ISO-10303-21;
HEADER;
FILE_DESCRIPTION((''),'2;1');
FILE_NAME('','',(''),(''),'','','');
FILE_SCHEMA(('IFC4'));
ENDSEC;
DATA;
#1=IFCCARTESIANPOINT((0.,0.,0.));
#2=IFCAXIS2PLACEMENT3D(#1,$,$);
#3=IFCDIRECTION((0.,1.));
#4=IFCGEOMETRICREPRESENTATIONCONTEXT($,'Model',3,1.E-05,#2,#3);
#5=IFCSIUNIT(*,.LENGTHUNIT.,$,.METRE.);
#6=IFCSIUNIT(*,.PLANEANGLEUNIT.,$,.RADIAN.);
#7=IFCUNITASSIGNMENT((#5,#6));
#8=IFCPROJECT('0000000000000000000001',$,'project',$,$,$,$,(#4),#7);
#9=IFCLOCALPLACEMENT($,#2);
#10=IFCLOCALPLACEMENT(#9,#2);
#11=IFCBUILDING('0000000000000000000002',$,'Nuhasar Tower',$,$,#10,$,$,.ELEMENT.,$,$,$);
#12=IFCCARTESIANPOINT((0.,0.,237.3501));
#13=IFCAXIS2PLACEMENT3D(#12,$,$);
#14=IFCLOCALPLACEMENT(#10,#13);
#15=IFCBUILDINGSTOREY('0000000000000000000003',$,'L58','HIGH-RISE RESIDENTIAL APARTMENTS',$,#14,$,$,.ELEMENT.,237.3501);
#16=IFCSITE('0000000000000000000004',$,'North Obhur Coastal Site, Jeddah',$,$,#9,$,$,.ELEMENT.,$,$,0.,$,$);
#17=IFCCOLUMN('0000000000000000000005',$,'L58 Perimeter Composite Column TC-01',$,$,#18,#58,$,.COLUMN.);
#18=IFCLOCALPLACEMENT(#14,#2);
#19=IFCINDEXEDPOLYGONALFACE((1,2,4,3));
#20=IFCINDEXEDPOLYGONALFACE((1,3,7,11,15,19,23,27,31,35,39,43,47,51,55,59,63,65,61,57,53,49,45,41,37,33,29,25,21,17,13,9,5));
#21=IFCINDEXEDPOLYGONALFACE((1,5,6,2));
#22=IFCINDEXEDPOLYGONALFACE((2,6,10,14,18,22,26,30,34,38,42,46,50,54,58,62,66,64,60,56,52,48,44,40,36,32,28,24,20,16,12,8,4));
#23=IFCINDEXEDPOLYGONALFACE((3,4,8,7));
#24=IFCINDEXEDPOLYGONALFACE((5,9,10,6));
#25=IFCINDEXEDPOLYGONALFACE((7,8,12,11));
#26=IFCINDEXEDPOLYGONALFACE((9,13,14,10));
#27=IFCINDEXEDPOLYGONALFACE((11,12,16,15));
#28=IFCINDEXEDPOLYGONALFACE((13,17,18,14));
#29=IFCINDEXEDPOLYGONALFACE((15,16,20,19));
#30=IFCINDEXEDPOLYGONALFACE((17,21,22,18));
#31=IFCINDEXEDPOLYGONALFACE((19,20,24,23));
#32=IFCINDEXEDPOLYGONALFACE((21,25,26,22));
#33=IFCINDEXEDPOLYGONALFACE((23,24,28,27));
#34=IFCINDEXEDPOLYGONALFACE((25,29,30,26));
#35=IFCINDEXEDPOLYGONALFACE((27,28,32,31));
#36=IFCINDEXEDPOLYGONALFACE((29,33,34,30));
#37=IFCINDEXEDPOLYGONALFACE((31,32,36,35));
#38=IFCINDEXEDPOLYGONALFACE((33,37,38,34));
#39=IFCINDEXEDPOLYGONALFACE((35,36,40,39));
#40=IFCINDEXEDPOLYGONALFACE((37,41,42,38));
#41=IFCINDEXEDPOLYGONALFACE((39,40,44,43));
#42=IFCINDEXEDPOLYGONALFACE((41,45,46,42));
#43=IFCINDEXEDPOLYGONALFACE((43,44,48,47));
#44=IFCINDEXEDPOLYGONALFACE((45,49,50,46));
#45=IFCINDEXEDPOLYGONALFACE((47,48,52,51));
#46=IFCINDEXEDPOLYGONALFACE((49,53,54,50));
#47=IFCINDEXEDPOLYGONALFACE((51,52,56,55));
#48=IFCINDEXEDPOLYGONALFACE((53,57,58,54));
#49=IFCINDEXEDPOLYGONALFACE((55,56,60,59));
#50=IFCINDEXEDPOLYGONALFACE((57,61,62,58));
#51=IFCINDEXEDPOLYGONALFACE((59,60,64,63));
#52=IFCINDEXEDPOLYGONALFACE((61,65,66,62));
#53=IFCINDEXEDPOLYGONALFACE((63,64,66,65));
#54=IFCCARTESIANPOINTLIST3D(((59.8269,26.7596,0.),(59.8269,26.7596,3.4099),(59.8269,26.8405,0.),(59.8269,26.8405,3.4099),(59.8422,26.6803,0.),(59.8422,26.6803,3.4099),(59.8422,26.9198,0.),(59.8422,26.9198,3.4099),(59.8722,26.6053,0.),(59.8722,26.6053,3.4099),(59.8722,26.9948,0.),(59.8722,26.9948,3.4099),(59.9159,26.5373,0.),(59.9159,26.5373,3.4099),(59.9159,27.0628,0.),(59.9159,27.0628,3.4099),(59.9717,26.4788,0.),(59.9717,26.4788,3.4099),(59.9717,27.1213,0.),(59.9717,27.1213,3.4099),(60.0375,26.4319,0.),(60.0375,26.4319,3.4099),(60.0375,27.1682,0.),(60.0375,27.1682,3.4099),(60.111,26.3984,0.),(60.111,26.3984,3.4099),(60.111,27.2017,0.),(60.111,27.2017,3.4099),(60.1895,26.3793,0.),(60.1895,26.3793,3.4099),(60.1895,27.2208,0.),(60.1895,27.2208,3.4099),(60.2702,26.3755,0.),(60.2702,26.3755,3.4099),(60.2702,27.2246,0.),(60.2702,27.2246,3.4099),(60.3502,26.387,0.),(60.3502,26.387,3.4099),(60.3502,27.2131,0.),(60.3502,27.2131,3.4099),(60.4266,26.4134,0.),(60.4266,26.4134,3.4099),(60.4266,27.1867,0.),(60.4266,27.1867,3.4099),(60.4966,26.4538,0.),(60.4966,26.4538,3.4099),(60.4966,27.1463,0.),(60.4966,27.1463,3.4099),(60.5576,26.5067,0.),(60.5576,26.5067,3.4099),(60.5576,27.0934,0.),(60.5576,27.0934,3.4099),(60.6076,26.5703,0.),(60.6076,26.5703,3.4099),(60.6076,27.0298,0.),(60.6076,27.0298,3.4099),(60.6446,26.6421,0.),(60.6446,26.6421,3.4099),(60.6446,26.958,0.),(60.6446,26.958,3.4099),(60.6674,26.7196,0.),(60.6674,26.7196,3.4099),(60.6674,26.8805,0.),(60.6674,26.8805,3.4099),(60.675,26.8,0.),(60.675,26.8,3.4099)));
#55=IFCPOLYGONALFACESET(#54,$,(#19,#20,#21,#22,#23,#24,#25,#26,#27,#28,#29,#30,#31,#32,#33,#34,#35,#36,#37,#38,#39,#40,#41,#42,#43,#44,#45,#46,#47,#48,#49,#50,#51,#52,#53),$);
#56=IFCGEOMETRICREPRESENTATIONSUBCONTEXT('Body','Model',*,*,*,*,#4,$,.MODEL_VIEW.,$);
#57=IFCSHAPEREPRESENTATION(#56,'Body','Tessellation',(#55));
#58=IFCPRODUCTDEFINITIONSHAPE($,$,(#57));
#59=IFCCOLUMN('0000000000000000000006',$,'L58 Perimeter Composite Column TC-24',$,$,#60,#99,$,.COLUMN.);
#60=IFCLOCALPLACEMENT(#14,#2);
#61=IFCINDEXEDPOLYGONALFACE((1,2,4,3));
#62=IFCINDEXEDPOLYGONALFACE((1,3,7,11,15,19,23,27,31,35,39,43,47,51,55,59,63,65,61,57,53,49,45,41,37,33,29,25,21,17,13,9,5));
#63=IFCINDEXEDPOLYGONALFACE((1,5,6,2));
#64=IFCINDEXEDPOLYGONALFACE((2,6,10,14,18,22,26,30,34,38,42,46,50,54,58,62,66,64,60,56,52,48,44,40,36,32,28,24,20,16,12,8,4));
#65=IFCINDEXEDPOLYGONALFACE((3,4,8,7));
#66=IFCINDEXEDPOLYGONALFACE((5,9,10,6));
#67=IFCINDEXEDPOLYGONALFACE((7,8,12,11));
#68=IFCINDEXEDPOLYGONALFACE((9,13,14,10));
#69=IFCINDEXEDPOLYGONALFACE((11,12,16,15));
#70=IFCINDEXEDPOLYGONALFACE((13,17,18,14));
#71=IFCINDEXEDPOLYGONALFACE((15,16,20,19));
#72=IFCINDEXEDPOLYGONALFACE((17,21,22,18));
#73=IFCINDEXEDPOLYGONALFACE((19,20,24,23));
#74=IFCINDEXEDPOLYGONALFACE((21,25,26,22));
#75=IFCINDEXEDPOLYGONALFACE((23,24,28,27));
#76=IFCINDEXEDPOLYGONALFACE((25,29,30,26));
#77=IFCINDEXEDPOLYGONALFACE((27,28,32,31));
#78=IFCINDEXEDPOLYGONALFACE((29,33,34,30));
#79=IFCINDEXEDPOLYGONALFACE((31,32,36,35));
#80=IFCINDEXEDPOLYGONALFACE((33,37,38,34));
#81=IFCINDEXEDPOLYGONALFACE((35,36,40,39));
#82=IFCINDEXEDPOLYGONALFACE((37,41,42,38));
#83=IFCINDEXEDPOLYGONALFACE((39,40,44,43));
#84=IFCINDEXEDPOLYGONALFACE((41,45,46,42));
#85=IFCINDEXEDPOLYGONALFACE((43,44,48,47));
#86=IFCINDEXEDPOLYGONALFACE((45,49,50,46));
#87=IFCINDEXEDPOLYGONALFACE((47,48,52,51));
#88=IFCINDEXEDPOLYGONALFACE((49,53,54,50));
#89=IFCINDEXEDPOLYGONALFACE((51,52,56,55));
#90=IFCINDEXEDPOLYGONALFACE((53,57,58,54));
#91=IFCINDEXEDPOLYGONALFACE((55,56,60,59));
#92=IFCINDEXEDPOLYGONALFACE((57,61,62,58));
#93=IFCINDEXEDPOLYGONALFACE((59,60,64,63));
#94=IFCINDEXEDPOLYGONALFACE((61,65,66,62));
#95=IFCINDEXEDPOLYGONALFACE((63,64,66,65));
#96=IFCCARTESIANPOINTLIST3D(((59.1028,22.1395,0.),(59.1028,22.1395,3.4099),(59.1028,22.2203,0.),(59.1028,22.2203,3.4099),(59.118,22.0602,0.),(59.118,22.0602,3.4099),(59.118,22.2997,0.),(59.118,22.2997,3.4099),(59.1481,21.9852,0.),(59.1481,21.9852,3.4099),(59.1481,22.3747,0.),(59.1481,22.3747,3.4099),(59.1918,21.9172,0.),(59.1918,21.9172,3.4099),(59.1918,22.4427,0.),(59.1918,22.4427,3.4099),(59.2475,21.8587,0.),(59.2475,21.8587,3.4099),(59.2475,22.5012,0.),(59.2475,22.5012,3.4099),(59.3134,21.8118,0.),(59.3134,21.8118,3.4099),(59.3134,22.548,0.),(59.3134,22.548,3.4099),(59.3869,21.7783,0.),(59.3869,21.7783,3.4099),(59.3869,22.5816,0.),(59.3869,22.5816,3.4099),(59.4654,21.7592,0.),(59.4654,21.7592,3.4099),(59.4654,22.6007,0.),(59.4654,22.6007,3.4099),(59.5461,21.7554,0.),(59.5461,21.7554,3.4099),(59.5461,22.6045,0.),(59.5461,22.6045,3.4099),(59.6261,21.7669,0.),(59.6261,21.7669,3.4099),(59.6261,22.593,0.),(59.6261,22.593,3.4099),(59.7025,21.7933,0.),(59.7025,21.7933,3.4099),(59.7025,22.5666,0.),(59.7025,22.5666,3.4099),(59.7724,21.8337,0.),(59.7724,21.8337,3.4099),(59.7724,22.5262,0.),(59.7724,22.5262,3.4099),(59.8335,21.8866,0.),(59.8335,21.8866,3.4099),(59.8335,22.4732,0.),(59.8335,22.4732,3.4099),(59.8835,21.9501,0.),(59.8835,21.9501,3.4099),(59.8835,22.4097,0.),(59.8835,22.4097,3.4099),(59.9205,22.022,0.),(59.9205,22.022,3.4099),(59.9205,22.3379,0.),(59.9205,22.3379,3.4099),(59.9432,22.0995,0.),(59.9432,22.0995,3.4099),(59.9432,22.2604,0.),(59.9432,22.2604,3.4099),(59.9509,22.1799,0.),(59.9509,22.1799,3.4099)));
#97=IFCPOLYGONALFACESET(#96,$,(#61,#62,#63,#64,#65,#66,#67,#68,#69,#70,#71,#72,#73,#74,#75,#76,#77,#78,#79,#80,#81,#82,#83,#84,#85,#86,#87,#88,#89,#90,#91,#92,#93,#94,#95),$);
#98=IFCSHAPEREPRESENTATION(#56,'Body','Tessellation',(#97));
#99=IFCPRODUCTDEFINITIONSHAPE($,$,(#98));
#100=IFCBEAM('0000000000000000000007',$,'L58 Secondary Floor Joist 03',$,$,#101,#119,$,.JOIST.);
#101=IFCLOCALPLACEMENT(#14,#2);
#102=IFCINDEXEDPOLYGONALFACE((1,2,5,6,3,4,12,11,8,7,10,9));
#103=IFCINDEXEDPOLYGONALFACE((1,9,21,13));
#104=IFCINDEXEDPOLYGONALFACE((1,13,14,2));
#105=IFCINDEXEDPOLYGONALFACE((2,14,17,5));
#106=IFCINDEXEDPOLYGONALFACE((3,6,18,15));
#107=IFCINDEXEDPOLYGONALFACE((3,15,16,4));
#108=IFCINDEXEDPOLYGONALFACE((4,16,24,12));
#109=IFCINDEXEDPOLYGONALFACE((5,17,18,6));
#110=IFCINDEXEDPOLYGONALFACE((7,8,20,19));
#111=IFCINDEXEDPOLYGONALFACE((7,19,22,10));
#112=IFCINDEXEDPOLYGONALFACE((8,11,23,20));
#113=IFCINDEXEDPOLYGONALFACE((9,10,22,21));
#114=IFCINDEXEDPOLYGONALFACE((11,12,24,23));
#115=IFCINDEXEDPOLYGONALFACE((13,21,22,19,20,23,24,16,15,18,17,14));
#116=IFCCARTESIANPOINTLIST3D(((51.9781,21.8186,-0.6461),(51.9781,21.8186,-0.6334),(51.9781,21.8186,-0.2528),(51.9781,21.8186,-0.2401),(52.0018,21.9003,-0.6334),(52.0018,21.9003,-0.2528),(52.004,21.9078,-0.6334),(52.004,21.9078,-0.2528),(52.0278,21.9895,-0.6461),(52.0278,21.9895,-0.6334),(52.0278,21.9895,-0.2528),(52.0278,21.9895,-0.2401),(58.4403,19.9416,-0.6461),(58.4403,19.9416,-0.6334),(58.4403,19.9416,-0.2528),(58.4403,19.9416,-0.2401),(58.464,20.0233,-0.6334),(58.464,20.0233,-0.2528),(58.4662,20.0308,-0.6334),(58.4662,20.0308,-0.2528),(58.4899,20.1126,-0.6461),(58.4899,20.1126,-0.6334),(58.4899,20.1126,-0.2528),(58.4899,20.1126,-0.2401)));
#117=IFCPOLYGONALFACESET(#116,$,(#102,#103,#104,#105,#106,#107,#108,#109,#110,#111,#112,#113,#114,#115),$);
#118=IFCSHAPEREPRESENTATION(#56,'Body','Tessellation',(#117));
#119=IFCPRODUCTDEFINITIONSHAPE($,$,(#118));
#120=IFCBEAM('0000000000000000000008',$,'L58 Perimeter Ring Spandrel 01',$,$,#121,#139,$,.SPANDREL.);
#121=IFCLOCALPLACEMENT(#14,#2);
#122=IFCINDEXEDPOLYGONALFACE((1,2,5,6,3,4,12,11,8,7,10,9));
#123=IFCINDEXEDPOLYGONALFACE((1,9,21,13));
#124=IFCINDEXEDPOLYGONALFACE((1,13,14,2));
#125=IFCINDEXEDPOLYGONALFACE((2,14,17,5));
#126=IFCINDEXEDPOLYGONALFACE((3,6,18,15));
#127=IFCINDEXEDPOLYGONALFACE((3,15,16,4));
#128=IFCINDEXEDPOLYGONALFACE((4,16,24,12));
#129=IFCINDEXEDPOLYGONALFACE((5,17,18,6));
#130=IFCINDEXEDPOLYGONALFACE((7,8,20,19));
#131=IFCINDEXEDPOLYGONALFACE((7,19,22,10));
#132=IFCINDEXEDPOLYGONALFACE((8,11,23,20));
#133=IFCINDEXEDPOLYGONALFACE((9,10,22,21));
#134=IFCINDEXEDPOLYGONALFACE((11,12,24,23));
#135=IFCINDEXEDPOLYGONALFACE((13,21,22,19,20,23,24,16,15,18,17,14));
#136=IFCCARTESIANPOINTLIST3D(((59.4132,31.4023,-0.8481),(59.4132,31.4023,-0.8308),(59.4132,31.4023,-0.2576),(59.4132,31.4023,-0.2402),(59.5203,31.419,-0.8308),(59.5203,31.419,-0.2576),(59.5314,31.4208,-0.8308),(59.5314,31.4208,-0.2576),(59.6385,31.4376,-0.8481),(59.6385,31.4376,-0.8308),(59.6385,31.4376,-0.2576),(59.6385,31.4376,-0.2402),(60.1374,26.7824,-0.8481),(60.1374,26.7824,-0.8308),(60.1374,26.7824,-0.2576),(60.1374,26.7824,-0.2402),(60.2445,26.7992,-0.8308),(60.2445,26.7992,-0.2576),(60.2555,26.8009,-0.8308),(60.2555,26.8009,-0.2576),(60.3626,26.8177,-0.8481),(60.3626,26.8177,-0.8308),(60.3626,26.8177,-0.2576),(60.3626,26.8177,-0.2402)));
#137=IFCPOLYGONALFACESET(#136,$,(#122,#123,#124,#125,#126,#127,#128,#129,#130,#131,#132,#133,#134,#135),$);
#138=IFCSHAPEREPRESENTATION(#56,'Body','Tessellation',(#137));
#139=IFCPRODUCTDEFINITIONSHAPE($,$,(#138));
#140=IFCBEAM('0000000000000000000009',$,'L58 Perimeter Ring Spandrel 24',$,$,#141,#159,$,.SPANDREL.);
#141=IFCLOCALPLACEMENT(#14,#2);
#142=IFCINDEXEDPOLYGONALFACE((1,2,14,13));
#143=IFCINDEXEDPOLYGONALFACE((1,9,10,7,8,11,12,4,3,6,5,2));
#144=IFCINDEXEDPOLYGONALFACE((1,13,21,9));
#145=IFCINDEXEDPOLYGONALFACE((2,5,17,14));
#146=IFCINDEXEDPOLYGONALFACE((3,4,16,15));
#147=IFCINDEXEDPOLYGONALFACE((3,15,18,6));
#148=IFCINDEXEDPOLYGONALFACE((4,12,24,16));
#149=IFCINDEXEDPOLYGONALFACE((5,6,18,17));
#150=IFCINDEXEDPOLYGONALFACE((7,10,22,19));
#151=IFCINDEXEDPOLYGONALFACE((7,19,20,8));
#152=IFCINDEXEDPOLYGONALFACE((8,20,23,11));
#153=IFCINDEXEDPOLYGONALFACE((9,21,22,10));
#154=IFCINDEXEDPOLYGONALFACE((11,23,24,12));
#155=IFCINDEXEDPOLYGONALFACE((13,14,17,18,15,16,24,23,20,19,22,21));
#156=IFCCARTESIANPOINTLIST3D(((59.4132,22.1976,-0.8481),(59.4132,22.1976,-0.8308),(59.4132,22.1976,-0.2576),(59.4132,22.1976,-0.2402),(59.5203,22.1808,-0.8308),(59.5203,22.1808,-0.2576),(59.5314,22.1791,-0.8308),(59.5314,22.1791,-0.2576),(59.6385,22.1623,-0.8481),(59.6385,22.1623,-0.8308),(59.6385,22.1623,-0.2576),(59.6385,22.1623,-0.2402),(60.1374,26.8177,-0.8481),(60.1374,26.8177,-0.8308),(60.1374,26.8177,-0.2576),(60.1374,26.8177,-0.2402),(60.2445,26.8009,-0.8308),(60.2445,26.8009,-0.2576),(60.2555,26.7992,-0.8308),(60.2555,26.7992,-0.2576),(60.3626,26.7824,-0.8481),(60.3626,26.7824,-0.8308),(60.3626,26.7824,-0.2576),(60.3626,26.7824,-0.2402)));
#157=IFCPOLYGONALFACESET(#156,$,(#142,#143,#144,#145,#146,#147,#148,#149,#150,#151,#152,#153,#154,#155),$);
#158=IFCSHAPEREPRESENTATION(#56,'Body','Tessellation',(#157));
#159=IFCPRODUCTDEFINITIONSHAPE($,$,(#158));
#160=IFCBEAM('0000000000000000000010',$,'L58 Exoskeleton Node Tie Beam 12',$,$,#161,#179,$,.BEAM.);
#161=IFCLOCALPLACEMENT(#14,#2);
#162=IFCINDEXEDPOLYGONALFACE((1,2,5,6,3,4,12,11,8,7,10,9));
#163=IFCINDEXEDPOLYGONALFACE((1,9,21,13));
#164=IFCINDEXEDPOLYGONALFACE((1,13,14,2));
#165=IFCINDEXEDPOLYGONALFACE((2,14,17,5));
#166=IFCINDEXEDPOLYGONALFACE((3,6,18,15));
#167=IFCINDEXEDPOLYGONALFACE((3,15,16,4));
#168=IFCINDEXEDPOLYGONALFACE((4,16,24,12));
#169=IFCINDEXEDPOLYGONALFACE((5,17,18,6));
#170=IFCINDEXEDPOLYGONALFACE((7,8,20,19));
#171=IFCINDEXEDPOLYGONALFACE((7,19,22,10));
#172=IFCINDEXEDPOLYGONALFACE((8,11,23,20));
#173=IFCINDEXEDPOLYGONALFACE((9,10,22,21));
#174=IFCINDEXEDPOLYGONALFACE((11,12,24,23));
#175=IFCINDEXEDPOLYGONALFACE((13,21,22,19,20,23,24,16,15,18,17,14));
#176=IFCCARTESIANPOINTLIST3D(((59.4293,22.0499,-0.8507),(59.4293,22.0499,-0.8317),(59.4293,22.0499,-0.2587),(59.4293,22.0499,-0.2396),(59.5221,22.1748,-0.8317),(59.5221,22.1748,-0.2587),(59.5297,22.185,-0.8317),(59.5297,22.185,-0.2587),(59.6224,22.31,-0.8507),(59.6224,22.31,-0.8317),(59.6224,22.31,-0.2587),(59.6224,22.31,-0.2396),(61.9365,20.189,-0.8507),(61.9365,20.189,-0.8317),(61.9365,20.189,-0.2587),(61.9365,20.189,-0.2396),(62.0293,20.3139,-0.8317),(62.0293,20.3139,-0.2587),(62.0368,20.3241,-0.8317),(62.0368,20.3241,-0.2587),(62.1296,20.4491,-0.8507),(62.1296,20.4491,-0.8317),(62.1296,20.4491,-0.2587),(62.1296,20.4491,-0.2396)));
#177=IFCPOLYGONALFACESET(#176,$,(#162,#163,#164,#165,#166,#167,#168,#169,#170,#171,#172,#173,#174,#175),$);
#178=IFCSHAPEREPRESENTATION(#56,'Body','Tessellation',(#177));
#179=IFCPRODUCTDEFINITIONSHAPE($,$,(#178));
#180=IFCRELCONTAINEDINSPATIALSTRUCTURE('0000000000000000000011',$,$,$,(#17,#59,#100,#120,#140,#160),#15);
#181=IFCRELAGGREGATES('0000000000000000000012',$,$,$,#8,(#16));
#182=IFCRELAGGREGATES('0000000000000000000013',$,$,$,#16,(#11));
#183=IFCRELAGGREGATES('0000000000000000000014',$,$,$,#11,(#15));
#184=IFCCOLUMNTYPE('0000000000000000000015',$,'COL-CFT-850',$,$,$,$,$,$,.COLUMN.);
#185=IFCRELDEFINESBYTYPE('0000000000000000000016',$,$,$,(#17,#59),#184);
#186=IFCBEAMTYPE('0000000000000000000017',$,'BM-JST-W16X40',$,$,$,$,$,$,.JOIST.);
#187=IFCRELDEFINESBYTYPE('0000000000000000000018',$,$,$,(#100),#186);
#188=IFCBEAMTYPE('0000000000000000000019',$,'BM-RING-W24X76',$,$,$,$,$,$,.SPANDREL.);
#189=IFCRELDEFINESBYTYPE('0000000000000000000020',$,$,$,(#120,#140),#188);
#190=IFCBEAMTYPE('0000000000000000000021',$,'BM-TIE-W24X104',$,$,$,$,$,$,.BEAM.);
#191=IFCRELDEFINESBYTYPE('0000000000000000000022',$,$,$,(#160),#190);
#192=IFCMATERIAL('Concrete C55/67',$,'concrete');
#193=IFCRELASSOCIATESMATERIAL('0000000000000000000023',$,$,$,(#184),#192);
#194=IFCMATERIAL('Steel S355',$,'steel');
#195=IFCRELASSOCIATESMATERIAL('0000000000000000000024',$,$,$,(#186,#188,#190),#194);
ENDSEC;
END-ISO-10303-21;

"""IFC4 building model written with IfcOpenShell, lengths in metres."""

from ifc_helpers import new_model, si_unit, direction, frame, origin, origin_2d, place, context, subcontext, project, spatial, circle, i_section, extrude, material, material_profile, profile_set, type_object, element, save


model = new_model("IFC4")

# Units and contexts
model_context = context("Model", 3, precision=1e-05, world=origin(), true_north=direction((0.0, 1.0)))
body_context = subcontext(model_context, "Body", "Model", "MODEL_VIEW")
ifc_project = project(units=[si_unit("LENGTHUNIT", "METRE"), si_unit("PLANEANGLEUNIT", "RADIAN")], contexts=[model_context])

# Site, building, storey
site_placement = place(None, origin())
site = spatial("IfcSite", under=ifc_project, at=site_placement, Name="North Obhur Coastal Site, Jeddah", CompositionType="ELEMENT", RefElevation=0.0)
building_placement = place(site_placement, origin())
building = spatial("IfcBuilding", under=site, at=building_placement, Name="Nuhasar Tower", CompositionType="ELEMENT")
storey_placement = place(building_placement, frame((0.0, 0.0, 237.3501)))
storey = spatial("IfcBuildingStorey", under=building, at=storey_placement, Name="L58", Description="HIGH-RISE RESIDENTIAL APARTMENTS", CompositionType="ELEMENT", Elevation=237.3501)

# Columns
ifc_material_1 = material(Name="Concrete C55/67", Category="concrete")
ifc_material_profile_1 = material_profile(ifc_material_1, circle(Radius=0.425, at=origin_2d()), Name="CFT850")
ifc_profile_set_1 = profile_set([ifc_material_profile_1], Name="Concrete C55/67")
column_type = type_object("IfcColumnType", Name="COL-CFT-850", PredefinedType="COLUMN", material=ifc_profile_set_1)
for number, where, z_axis, x_axis, name in (
    (1, (60.25, 26.8, 0.0), (0.0, 0.0, 1.0), (1.0, 0.0, 0.0), "L58 Perimeter Composite Column TC-01"),
    (2, (59.5259, 22.1799, 0.0), (0.0, 0.0, 1.0), (1.0, 0.0, 0.0), "L58 Perimeter Composite Column TC-24"),
):
    element("IfcColumn", number, at=place(storey_placement, frame(where, z_axis=z_axis, x_axis=x_axis)), inside=storey, type_object=column_type, Name=name, PredefinedType="COLUMN", context=body_context, shape_type="SweptSolid", body=[
        extrude(circle(Radius=0.425, at=origin_2d()), origin(), (0.0, 0.0, 1.0), 3.4099),
    ])

# Beams
ifc_material_2 = material(Name="Steel S355", Category="steel")
ifc_material_profile_2 = material_profile(ifc_material_2, i_section(OverallWidth=0.178, OverallDepth=0.406, WebThickness=0.0078, FlangeThickness=0.0127, at=origin_2d()), Name="W16X40")
ifc_profile_set_2 = profile_set([ifc_material_profile_2], Name="Steel S355")
beam_type_1 = type_object("IfcBeamType", Name="BM-JST-W16X40", PredefinedType="JOIST", material=ifc_profile_set_2)
beam_1_placement = place(storey_placement, frame((52.0029, 21.9041, -0.4431), z_axis=(0.960313, -0.278926, 0.0), x_axis=(0.278926, 0.960313, 0.0)))
element("IfcBeam", 3, at=beam_1_placement, inside=storey, type_object=beam_type_1, Name="L58 Secondary Floor Joist 03", PredefinedType="JOIST", context=body_context, shape_type="SweptSolid", body=[
    extrude(i_section(OverallWidth=0.178, OverallDepth=0.406, WebThickness=0.0078, FlangeThickness=0.0127, at=origin_2d()), origin(), (0.0, 0.0, 1.0), 6.7292),
])
ifc_material_profile_3 = material_profile(ifc_material_2, i_section(OverallWidth=0.228, OverallDepth=0.6079, WebThickness=0.0112, FlangeThickness=0.0173, at=origin_2d()), Name="W24X76")
ifc_profile_set_3 = profile_set([ifc_material_profile_3], Name="Steel S355")
beam_type_2 = type_object("IfcBeamType", Name="BM-RING-W24X76", PredefinedType="SPANDREL", material=ifc_profile_set_3)
beam_2_placement = place(storey_placement, frame((60.25, 26.8, -0.5442), z_axis=(-0.15485, 0.987938, 0.0), x_axis=(-0.987938, -0.15485, 0.0)))
element("IfcBeam", 4, at=beam_2_placement, inside=storey, type_object=beam_type_2, Name="L58 Perimeter Ring Spandrel 01", PredefinedType="SPANDREL", context=body_context, shape_type="SweptSolid", body=[
    extrude(i_section(OverallWidth=0.228, OverallDepth=0.6079, WebThickness=0.0112, FlangeThickness=0.0173, at=origin_2d()), origin(), (0.0, 0.0, 1.0), 4.6763),
])
beam_3_placement = place(storey_placement, frame((59.5259, 22.1799, -0.5442), z_axis=(0.154842, 0.987939, 0.0), x_axis=(-0.987939, 0.154842, 0.0)))
element("IfcBeam", 5, at=beam_3_placement, inside=storey, type_object=beam_type_2, Name="L58 Perimeter Ring Spandrel 24", PredefinedType="SPANDREL", context=body_context, shape_type="SweptSolid", body=[
    extrude(i_section(OverallWidth=0.228, OverallDepth=0.6079, WebThickness=0.0112, FlangeThickness=0.0173, at=origin_2d()), origin(), (0.0, 0.0, 1.0), 4.6765),
])
ifc_material_profile_4 = material_profile(ifc_material_2, i_section(OverallWidth=0.324, OverallDepth=0.6111, WebThickness=0.0127, FlangeThickness=0.019, at=origin_2d()), Name="W24X104")
ifc_profile_set_4 = profile_set([ifc_material_profile_4], Name="Steel S355")
beam_type_3 = type_object("IfcBeamType", Name="BM-TIE-W24X104", PredefinedType="BEAM", material=ifc_profile_set_4)
beam_4_placement = place(storey_placement, frame((59.5259, 22.1799, -0.5452), z_axis=(0.802983, -0.596001, 0.0), x_axis=(0.596001, 0.802983, 0.0)))
element("IfcBeam", 6, at=beam_4_placement, inside=storey, type_object=beam_type_3, Name="L58 Exoskeleton Node Tie Beam 12", PredefinedType="BEAM", context=body_context, shape_type="SweptSolid", body=[
    extrude(i_section(OverallWidth=0.324, OverallDepth=0.6111, WebThickness=0.0127, FlangeThickness=0.019, at=origin_2d()), origin(), (0.0, 0.0, 1.0), 3.1223),
])

save(model, "model.ifc")
